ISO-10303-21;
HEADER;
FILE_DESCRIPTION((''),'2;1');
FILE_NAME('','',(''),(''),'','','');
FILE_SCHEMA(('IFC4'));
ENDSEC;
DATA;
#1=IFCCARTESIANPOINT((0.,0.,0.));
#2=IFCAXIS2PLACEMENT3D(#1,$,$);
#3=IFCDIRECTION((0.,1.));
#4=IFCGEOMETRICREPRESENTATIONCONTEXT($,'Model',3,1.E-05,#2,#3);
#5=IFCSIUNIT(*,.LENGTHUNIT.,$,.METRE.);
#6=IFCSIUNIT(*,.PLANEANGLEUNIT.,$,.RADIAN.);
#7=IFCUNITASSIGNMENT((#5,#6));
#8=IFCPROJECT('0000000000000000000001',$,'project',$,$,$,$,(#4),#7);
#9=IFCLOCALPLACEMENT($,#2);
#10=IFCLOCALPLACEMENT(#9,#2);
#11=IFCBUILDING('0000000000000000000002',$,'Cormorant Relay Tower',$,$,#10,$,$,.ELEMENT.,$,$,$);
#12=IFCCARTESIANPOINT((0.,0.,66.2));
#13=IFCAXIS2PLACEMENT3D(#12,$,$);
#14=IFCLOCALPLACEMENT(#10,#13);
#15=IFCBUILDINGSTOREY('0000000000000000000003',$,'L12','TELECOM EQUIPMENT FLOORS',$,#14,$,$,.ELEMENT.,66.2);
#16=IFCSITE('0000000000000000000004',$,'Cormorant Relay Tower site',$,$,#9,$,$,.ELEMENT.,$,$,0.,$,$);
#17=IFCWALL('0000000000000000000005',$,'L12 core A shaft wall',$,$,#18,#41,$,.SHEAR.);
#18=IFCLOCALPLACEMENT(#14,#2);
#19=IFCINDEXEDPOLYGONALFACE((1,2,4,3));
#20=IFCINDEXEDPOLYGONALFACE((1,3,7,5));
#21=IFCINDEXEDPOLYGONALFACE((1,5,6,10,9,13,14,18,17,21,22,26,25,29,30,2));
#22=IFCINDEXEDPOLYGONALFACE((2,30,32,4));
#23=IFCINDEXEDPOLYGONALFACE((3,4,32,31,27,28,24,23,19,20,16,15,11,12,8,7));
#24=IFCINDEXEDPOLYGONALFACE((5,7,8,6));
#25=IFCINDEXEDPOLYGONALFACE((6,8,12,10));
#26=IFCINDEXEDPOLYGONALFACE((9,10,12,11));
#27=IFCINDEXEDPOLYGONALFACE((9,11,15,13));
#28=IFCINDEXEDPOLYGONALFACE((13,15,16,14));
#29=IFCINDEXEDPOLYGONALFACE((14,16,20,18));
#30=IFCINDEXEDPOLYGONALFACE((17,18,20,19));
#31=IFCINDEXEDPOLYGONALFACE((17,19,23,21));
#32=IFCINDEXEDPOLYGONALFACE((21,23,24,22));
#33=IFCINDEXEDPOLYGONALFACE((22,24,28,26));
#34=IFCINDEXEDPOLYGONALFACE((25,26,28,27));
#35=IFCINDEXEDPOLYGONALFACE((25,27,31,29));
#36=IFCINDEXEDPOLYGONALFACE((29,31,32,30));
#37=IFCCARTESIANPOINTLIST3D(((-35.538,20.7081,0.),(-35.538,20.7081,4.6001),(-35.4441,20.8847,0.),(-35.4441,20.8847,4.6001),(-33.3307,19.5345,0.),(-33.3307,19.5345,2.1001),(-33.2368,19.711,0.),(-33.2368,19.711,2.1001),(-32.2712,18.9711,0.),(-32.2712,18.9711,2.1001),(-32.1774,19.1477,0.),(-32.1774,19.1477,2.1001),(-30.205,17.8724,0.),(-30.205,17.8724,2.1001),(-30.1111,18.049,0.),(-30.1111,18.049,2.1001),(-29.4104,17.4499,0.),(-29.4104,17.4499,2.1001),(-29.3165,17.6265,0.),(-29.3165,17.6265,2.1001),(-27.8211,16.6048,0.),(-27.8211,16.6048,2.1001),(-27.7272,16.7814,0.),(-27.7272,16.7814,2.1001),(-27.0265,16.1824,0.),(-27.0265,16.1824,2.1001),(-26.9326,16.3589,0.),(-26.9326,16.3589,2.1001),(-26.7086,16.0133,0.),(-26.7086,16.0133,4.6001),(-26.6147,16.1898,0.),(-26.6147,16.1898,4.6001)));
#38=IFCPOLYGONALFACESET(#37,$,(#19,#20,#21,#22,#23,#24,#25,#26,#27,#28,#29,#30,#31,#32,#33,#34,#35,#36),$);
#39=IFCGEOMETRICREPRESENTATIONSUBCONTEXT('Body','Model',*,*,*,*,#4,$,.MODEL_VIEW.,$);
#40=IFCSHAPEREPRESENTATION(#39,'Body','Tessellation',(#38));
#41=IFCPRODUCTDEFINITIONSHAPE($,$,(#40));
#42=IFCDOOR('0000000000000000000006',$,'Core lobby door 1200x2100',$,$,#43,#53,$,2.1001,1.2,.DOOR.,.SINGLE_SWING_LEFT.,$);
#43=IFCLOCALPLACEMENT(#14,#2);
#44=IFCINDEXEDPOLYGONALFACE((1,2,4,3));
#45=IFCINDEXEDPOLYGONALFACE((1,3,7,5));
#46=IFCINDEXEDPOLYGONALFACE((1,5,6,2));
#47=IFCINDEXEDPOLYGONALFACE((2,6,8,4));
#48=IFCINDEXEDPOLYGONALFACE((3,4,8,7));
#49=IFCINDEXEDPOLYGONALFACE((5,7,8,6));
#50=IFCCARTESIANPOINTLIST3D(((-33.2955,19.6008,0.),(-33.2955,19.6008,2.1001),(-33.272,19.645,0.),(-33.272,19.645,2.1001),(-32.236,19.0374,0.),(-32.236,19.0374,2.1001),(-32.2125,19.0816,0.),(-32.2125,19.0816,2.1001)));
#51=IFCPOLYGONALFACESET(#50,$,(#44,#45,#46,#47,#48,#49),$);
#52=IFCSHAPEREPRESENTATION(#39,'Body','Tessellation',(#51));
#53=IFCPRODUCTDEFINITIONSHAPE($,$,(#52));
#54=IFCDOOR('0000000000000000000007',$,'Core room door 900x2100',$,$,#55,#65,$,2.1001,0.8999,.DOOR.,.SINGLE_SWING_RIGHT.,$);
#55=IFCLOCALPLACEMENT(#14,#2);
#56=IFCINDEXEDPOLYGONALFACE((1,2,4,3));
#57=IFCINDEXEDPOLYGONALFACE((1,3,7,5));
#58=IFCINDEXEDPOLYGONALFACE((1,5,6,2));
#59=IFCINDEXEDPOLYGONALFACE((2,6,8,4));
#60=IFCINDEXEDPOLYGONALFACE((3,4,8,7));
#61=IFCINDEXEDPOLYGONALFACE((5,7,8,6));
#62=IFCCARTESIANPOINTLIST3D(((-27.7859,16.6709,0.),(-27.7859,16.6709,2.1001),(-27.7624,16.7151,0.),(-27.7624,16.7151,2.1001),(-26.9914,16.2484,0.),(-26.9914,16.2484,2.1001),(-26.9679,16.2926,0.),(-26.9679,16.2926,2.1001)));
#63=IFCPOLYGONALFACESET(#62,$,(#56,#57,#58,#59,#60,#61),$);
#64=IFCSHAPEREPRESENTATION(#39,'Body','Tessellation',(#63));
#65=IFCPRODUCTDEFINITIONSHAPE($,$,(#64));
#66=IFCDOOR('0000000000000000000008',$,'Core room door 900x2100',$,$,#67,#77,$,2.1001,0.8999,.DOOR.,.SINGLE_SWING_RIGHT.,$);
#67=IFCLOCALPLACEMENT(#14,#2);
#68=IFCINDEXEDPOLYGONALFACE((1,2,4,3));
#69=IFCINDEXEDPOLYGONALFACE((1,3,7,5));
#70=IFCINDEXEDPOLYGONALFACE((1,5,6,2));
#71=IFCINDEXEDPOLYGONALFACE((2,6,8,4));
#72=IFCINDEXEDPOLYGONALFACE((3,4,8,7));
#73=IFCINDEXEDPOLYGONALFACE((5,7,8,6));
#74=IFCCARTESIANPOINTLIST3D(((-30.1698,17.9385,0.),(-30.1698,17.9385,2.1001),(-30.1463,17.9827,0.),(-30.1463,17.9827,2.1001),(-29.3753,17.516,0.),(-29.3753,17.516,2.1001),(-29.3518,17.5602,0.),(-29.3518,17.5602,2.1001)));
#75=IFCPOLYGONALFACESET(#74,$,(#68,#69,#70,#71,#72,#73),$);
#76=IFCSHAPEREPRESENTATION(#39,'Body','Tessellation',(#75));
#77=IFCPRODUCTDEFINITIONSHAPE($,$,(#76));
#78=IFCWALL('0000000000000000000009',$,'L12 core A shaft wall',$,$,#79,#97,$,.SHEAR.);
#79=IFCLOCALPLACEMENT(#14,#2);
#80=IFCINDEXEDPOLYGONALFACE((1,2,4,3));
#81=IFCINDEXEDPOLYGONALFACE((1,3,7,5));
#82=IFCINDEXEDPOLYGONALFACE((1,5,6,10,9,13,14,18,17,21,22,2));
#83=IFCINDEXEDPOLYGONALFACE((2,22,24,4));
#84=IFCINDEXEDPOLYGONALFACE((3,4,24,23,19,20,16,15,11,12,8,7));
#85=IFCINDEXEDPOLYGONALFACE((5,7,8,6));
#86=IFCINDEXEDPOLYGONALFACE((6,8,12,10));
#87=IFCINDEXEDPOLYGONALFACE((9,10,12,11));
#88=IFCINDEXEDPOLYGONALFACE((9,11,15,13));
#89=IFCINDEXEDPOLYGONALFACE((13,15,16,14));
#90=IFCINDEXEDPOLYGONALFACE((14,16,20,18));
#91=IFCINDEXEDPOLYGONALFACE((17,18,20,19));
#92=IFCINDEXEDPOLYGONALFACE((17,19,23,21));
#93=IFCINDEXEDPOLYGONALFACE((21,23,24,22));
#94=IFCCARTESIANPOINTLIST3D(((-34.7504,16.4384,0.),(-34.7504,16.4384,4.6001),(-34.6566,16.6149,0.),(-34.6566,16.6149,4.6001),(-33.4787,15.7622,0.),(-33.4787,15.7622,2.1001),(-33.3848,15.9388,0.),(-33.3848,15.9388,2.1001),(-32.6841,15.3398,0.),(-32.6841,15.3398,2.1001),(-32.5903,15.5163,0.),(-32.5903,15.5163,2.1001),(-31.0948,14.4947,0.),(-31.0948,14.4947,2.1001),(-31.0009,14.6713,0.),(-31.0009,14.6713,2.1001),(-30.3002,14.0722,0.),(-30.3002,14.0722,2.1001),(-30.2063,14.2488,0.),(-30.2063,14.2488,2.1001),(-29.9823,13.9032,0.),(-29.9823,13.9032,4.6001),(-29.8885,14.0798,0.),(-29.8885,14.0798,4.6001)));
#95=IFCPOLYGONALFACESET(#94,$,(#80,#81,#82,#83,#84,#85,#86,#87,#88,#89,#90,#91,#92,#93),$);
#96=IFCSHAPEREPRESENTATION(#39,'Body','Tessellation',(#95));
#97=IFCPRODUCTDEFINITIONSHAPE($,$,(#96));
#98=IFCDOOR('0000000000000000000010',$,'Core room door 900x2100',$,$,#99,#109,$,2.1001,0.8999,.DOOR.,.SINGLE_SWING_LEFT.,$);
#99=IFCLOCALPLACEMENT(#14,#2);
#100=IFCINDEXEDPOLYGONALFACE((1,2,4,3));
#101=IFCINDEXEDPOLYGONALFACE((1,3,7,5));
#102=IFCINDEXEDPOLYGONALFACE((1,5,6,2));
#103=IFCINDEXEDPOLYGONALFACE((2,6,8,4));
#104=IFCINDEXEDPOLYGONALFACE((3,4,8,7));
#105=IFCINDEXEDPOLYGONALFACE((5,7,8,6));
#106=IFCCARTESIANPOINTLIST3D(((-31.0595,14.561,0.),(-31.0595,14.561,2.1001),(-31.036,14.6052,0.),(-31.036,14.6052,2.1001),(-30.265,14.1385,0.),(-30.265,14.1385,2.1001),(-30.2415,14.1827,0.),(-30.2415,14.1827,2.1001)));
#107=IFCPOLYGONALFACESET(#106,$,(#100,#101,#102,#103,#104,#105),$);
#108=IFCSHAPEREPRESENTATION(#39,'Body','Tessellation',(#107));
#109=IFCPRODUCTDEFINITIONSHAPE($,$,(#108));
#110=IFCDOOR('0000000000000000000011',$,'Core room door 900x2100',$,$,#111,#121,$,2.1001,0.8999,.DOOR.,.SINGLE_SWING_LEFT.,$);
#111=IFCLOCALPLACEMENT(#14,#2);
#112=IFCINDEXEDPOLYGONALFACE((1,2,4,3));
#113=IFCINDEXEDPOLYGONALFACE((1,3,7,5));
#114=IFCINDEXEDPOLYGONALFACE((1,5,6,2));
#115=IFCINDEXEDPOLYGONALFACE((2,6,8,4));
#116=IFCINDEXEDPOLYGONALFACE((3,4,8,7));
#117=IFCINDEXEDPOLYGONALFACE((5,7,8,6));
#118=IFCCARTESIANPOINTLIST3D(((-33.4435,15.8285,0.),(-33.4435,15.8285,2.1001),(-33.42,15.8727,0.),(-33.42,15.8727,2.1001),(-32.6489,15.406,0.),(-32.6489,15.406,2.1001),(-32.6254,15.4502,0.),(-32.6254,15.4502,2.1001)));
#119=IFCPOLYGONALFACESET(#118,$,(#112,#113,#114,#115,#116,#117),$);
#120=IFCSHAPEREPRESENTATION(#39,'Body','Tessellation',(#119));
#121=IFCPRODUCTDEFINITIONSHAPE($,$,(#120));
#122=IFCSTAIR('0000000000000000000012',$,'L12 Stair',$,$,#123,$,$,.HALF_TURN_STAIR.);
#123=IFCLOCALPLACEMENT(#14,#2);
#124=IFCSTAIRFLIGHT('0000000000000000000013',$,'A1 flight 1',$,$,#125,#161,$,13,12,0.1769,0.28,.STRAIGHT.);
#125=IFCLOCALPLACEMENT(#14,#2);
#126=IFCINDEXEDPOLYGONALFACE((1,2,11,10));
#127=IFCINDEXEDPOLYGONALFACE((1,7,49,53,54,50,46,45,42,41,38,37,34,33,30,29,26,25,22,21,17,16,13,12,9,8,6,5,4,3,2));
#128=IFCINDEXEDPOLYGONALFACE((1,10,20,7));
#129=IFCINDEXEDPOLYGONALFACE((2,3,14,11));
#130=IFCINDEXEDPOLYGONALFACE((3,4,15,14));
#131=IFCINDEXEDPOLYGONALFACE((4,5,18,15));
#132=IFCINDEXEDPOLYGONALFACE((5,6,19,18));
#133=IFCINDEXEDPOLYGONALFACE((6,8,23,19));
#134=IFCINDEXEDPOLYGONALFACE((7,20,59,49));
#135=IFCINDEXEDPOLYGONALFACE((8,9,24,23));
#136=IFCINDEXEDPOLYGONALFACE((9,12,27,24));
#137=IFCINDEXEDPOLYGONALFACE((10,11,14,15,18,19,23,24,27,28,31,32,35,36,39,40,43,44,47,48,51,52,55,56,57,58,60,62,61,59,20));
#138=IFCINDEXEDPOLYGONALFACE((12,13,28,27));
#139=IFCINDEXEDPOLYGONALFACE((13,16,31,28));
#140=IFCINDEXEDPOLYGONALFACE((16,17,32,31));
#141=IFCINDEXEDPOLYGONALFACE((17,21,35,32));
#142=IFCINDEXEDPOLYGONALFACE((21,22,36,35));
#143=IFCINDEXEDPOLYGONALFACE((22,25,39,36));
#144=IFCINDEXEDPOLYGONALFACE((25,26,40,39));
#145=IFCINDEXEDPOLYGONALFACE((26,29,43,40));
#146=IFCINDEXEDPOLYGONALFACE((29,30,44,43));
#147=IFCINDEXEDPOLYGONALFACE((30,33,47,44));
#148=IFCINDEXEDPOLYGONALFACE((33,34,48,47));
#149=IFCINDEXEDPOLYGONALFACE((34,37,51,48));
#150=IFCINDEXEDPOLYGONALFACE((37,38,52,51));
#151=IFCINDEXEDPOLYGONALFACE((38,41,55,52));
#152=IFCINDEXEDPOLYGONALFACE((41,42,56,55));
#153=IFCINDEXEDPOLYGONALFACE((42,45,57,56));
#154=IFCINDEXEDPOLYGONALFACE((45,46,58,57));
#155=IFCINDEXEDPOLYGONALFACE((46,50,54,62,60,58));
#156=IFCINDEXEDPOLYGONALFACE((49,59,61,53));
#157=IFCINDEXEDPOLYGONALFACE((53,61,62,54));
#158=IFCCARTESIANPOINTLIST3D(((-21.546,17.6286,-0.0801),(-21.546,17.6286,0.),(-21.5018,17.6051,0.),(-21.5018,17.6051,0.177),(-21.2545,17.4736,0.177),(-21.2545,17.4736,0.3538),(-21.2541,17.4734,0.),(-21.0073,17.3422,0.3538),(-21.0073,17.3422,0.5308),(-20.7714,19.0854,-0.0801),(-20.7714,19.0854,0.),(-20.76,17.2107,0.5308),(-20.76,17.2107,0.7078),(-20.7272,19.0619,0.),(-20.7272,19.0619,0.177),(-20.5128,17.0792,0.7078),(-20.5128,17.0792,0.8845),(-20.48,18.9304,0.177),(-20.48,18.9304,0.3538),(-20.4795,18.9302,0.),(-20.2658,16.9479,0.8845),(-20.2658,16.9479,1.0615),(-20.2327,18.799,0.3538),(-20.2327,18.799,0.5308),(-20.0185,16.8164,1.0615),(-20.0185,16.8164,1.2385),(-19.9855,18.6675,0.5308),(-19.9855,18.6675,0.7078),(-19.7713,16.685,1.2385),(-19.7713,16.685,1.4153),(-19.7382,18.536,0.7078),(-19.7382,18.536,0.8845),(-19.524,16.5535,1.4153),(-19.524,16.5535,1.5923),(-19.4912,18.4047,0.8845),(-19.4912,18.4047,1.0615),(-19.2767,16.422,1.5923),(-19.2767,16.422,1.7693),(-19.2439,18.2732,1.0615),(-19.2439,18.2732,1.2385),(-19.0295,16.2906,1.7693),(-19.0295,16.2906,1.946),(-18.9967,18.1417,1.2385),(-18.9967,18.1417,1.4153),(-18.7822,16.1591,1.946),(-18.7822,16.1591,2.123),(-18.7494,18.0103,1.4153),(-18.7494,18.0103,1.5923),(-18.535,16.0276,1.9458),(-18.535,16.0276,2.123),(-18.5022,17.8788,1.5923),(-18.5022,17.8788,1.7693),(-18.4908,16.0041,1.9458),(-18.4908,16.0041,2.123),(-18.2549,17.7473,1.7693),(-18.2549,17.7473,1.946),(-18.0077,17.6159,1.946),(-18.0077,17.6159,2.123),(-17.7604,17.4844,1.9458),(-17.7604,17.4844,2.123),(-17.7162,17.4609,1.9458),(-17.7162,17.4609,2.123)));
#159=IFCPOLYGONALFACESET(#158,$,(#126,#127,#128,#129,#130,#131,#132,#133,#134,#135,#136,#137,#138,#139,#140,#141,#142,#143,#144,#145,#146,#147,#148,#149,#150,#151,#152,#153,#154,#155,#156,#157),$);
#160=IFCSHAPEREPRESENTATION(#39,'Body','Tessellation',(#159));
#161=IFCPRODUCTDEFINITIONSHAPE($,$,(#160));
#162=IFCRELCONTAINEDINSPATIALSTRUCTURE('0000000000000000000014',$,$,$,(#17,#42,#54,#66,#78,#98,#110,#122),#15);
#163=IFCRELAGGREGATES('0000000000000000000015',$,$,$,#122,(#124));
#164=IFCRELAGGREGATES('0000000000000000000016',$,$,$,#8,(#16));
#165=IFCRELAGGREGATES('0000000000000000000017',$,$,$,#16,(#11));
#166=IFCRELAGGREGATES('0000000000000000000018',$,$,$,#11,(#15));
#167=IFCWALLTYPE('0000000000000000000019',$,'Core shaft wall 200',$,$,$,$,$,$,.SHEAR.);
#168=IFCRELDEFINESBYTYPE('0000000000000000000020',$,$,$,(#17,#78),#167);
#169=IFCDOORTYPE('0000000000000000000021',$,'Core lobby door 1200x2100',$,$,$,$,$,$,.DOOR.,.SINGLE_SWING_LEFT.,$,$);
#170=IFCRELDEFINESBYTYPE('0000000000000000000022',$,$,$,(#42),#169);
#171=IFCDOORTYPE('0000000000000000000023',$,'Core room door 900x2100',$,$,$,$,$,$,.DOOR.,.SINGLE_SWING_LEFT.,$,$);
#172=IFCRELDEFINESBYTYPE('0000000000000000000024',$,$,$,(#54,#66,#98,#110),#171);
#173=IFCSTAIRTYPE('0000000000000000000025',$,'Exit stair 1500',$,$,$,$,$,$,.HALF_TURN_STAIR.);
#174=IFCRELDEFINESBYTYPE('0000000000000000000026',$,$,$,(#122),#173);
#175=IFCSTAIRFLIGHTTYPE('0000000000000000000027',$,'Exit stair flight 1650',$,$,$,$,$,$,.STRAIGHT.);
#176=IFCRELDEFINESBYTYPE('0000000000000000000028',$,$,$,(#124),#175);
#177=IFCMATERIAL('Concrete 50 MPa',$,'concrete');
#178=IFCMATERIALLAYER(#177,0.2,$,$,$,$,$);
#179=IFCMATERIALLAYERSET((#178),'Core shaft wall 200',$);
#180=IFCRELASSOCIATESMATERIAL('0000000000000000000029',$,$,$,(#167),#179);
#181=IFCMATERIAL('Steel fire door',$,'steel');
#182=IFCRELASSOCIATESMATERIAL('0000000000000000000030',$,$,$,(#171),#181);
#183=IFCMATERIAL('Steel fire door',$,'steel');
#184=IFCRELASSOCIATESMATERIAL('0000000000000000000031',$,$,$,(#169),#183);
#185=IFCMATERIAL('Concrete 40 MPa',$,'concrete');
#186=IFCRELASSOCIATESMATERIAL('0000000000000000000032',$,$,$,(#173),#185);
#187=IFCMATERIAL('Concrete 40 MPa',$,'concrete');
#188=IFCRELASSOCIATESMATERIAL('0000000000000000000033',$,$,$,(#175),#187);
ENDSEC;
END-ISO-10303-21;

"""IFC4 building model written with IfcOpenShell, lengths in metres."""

from ifc_helpers import new_model, si_unit, direction, frame, frame_2d, origin, place, context, subcontext, project, spatial, polyline, rectangle, outline, extrude, material, layer, layer_set, type_object, element, fill, aggregate, save


model = new_model("IFC4")

# Units and contexts
model_context = context("Model", 3, precision=1e-05, world=origin(), true_north=direction((0.0, 1.0)))
body_context = subcontext(model_context, "Body", "Model", "MODEL_VIEW")
ifc_project = project(units=[si_unit("LENGTHUNIT", "METRE"), si_unit("PLANEANGLEUNIT", "RADIAN")], contexts=[model_context])

# Site, building, storey
site_placement = place(None, origin())
site = spatial("IfcSite", under=ifc_project, at=site_placement, Name="Cormorant Relay Tower site", CompositionType="ELEMENT", RefElevation=0.0)
building_placement = place(site_placement, origin())
building = spatial("IfcBuilding", under=site, at=building_placement, Name="Cormorant Relay Tower", CompositionType="ELEMENT")
storey_placement = place(building_placement, frame((0.0, 0.0, 66.2)))
storey = spatial("IfcBuildingStorey", under=building, at=storey_placement, Name="L12", Description="TELECOM EQUIPMENT FLOORS", CompositionType="ELEMENT", Elevation=66.2)

# Shared definitions
ifc_material_1 = material(Name="Concrete 50 MPa", Category="concrete")
ifc_layer_1 = layer(ifc_material_1, 0.2)
ifc_layer_set_1 = layer_set([ifc_layer_1], Name="Core shaft wall 200")
wall_type_1 = type_object("IfcWallType", Name="Core shaft wall 200", PredefinedType="SHEAR", material=ifc_layer_set_1)

# Shared definitions
ifc_material_2 = material(Name="Steel fire door", Category="steel")
door_type_1 = type_object("IfcDoorType", Name="Core room door 900x2100", OperationType="SINGLE_SWING_LEFT", PredefinedType="DOOR", material=ifc_material_2)

# Walls, openings, doors
wall_1_placement = place(storey_placement, frame((-26.6616, 16.1016, 0.0), z_axis=(0.0, 0.0, 1.0), x_axis=(-0.88294, 0.469485, 0.0)))
wall_1 = element("IfcWall", 1, at=wall_1_placement, inside=storey, type_object=wall_type_1, Name="L12 core A shaft wall", PredefinedType="SHEAR", context=body_context, shape_type="SweptSolid", body=[
    extrude(rectangle(XDim=10.0, YDim=0.2, at=frame_2d((5.0, 0.0))), origin(), (0.0, 0.0, 1.0), 4.6001),
])
opening_1_placement = place(wall_1_placement, frame((6.3, 0.0, 0.0)))
opening_1 = element("IfcOpeningElement", 2, at=opening_1_placement, cuts=wall_1, PredefinedType="OPENING", context=body_context, shape_type="SweptSolid", body=[
    extrude(rectangle(XDim=1.2, YDim=2.1001, at=frame_2d((0.6001, 1.05))), frame((0.0, 0.1099, 0.0), z_axis=(0.0, -1.0, 0.0), x_axis=(1.0, 0.0, 0.0)), (0.0, 0.0, 1.0), 0.22),
])
opening_2_placement = place(wall_1_placement, frame((0.3601, 0.0, 0.0)))
opening_2 = element("IfcOpeningElement", 3, at=opening_2_placement, cuts=wall_1, PredefinedType="OPENING", context=body_context, shape_type="SweptSolid", body=[
    extrude(rectangle(XDim=0.8999, YDim=2.1001, at=frame_2d((0.45, 1.05))), frame((0.0, 0.1099, 0.0), z_axis=(0.0, -1.0, 0.0), x_axis=(1.0, 0.0, 0.0)), (0.0, 0.0, 1.0), 0.22),
])
opening_3_placement = place(wall_1_placement, frame((3.0601, 0.0, 0.0)))
opening_3 = element("IfcOpeningElement", 4, at=opening_3_placement, cuts=wall_1, PredefinedType="OPENING", context=body_context, shape_type="SweptSolid", body=[
    extrude(rectangle(XDim=0.8999, YDim=2.1001, at=frame_2d((0.45, 1.05))), frame((0.0, 0.1099, 0.0), z_axis=(0.0, -1.0, 0.0), x_axis=(1.0, 0.0, 0.0)), (0.0, 0.0, 1.0), 0.22),
])
ifc_material_3 = material(Name="Steel fire door", Category="steel")
door_type_2 = type_object("IfcDoorType", Name="Core lobby door 1200x2100", OperationType="SINGLE_SWING_LEFT", PredefinedType="DOOR", material=ifc_material_3)
door_1_placement = place(opening_1_placement, origin())
door_1 = element("IfcDoor", 5, at=door_1_placement, inside=storey, type_object=door_type_2, Name="Core lobby door 1200x2100", OperationType="SINGLE_SWING_LEFT", OverallHeight=2.1001, OverallWidth=1.2, PredefinedType="DOOR", context=body_context, shape_type="SweptSolid", body=[
    extrude(rectangle(XDim=1.2, YDim=2.1001, at=frame_2d((0.6001, 1.05))), frame((0.0, 0.0249, 0.0), z_axis=(0.0, -1.0, 0.0), x_axis=(1.0, 0.0, 0.0)), (0.0, 0.0, 1.0), 0.05),
])
fill(opening_1, door_1)
door_2_placement = place(opening_2_placement, frame((0.8999, 0.0, 0.0), z_axis=(0.0, 0.0, 1.0), x_axis=(-1.0, 0.0, 0.0)))
door_2 = element("IfcDoor", 6, at=door_2_placement, inside=storey, type_object=door_type_1, Name="Core room door 900x2100", OperationType="SINGLE_SWING_RIGHT", OverallHeight=2.1001, OverallWidth=0.8999, PredefinedType="DOOR", context=body_context, shape_type="SweptSolid", body=[
    extrude(rectangle(XDim=0.8999, YDim=2.1001, at=frame_2d((0.45, 1.05))), frame((0.0, 0.0249, 0.0), z_axis=(0.0, -1.0, 0.0), x_axis=(1.0, 0.0, 0.0)), (0.0, 0.0, 1.0), 0.05),
])
fill(opening_2, door_2)
door_3_placement = place(opening_3_placement, frame((0.8999, 0.0, 0.0), z_axis=(0.0, 0.0, 1.0), x_axis=(-1.0, 0.0, 0.0)))
door_3 = element("IfcDoor", 7, at=door_3_placement, inside=storey, type_object=door_type_1, Name="Core room door 900x2100", OperationType="SINGLE_SWING_RIGHT", OverallHeight=2.1001, OverallWidth=0.8999, PredefinedType="DOOR", context=body_context, shape_type="SweptSolid", body=[
    extrude(rectangle(XDim=0.8999, YDim=2.1001, at=frame_2d((0.45, 1.05))), frame((0.0, 0.0249, 0.0), z_axis=(0.0, -1.0, 0.0), x_axis=(1.0, 0.0, 0.0)), (0.0, 0.0, 1.0), 0.05),
])
fill(opening_3, door_3)
wall_2_placement = place(storey_placement, frame((-29.9353, 13.9915, 0.0), z_axis=(0.0, 0.0, 1.0), x_axis=(-0.882953, 0.469462, 0.0)))
wall_2 = element("IfcWall", 8, at=wall_2_placement, inside=storey, type_object=wall_type_1, Name="L12 core A shaft wall", PredefinedType="SHEAR", context=body_context, shape_type="SweptSolid", body=[
    extrude(rectangle(XDim=5.4001, YDim=0.2, at=frame_2d((2.7002, 0.0))), origin(), (0.0, 0.0, 1.0), 4.6001),
])
opening_4_placement = place(wall_2_placement, frame((0.3601, 0.0, 0.0)))
opening_4 = element("IfcOpeningElement", 9, at=opening_4_placement, cuts=wall_2, PredefinedType="OPENING", context=body_context, shape_type="SweptSolid", body=[
    extrude(rectangle(XDim=0.8999, YDim=2.1001, at=frame_2d((0.45, 1.05))), frame((0.0, 0.1099, 0.0), z_axis=(0.0, -1.0, 0.0), x_axis=(1.0, 0.0, 0.0)), (0.0, 0.0, 1.0), 0.22),
])
opening_5_placement = place(wall_2_placement, frame((3.0601, 0.0, 0.0)))
opening_5 = element("IfcOpeningElement", 10, at=opening_5_placement, cuts=wall_2, PredefinedType="OPENING", context=body_context, shape_type="SweptSolid", body=[
    extrude(rectangle(XDim=0.8999, YDim=2.1001, at=frame_2d((0.45, 1.05))), frame((0.0, 0.1099, 0.0), z_axis=(0.0, -1.0, 0.0), x_axis=(1.0, 0.0, 0.0)), (0.0, 0.0, 1.0), 0.22),
])
door_4_placement = place(opening_4_placement, origin())
door_4 = element("IfcDoor", 11, at=door_4_placement, inside=storey, type_object=door_type_1, Name="Core room door 900x2100", OperationType="SINGLE_SWING_LEFT", OverallHeight=2.1001, OverallWidth=0.8999, PredefinedType="DOOR", context=body_context, shape_type="SweptSolid", body=[
    extrude(rectangle(XDim=0.8999, YDim=2.1001, at=frame_2d((0.45, 1.05))), frame((0.0, 0.0249, 0.0), z_axis=(0.0, -1.0, 0.0), x_axis=(1.0, 0.0, 0.0)), (0.0, 0.0, 1.0), 0.05),
])
fill(opening_4, door_4)
door_5_placement = place(opening_5_placement, origin())
door_5 = element("IfcDoor", 12, at=door_5_placement, inside=storey, type_object=door_type_1, Name="Core room door 900x2100", OperationType="SINGLE_SWING_LEFT", OverallHeight=2.1001, OverallWidth=0.8999, PredefinedType="DOOR", context=body_context, shape_type="SweptSolid", body=[
    extrude(rectangle(XDim=0.8999, YDim=2.1001, at=frame_2d((0.45, 1.05))), frame((0.0, 0.0249, 0.0), z_axis=(0.0, -1.0, 0.0), x_axis=(1.0, 0.0, 0.0)), (0.0, 0.0, 1.0), 0.05),
])
fill(opening_5, door_5)

# Stair, stair flight
ifc_material_4 = material(Name="Concrete 40 MPa", Category="concrete")
stair_type = type_object("IfcStairType", Name="Exit stair 1500", PredefinedType="HALF_TURN_STAIR", material=ifc_material_4)
stair_placement = place(storey_placement, origin())
stair = element("IfcStair", 13, at=stair_placement, inside=storey, type_object=stair_type, Name="L12 Stair", PredefinedType="HALF_TURN_STAIR")
ifc_material_5 = material(Name="Concrete 40 MPa", Category="concrete")
stair_flight_type = type_object("IfcStairFlightType", Name="Exit stair flight 1650", PredefinedType="STRAIGHT", material=ifc_material_5)
stair_flight_placement = place(storey_placement, frame((-21.1145, 18.3335, 0.0), z_axis=(0.0, 0.0, 1.0), x_axis=(0.882948, -0.469472, 0.0)))
stair_flight = element("IfcStairFlight", 14, at=stair_flight_placement, type_object=stair_flight_type, Name="A1 flight 1", NumberOfRisers=13, NumberOfTreads=12, PredefinedType="STRAIGHT", RiserHeight=0.1769, TreadLength=0.28, context=body_context, shape_type="SweptSolid", body=[
    extrude(outline(polyline([(-0.05, -0.0801), (-0.05, 0.0), (0.0, 0.0), (0.0, 0.177), (0.28, 0.177), (0.28, 0.3538), (0.5601, 0.3538), (0.5601, 0.5308), (0.8401, 0.5308), (0.8401, 0.7078), (1.1201, 0.7078), (1.1201, 0.8845), (1.3999, 0.8845), (1.3999, 1.0615), (1.6799, 1.0615), (1.6799, 1.2385), (1.96, 1.2385), (1.96, 1.4153), (2.24, 1.4153), (2.24, 1.5923), (2.52, 1.5923), (2.52, 1.7693), (2.8, 1.7693), (2.8, 1.946), (3.0801, 1.946), (3.0801, 2.123), (3.3601, 2.123), (3.4102, 2.123), (3.4102, 1.9458), (3.3601, 1.9458), (0.2805, 0.0), (-0.05, -0.0801)])), frame((0.0, 0.825, 0.0), z_axis=(0.0, -1.0, 0.0), x_axis=(1.0, 0.0, 0.0)), (0.0, 0.0, 1.0), 1.6499),
])
aggregate(stair, [stair_flight])

save(model, "model.ifc")
